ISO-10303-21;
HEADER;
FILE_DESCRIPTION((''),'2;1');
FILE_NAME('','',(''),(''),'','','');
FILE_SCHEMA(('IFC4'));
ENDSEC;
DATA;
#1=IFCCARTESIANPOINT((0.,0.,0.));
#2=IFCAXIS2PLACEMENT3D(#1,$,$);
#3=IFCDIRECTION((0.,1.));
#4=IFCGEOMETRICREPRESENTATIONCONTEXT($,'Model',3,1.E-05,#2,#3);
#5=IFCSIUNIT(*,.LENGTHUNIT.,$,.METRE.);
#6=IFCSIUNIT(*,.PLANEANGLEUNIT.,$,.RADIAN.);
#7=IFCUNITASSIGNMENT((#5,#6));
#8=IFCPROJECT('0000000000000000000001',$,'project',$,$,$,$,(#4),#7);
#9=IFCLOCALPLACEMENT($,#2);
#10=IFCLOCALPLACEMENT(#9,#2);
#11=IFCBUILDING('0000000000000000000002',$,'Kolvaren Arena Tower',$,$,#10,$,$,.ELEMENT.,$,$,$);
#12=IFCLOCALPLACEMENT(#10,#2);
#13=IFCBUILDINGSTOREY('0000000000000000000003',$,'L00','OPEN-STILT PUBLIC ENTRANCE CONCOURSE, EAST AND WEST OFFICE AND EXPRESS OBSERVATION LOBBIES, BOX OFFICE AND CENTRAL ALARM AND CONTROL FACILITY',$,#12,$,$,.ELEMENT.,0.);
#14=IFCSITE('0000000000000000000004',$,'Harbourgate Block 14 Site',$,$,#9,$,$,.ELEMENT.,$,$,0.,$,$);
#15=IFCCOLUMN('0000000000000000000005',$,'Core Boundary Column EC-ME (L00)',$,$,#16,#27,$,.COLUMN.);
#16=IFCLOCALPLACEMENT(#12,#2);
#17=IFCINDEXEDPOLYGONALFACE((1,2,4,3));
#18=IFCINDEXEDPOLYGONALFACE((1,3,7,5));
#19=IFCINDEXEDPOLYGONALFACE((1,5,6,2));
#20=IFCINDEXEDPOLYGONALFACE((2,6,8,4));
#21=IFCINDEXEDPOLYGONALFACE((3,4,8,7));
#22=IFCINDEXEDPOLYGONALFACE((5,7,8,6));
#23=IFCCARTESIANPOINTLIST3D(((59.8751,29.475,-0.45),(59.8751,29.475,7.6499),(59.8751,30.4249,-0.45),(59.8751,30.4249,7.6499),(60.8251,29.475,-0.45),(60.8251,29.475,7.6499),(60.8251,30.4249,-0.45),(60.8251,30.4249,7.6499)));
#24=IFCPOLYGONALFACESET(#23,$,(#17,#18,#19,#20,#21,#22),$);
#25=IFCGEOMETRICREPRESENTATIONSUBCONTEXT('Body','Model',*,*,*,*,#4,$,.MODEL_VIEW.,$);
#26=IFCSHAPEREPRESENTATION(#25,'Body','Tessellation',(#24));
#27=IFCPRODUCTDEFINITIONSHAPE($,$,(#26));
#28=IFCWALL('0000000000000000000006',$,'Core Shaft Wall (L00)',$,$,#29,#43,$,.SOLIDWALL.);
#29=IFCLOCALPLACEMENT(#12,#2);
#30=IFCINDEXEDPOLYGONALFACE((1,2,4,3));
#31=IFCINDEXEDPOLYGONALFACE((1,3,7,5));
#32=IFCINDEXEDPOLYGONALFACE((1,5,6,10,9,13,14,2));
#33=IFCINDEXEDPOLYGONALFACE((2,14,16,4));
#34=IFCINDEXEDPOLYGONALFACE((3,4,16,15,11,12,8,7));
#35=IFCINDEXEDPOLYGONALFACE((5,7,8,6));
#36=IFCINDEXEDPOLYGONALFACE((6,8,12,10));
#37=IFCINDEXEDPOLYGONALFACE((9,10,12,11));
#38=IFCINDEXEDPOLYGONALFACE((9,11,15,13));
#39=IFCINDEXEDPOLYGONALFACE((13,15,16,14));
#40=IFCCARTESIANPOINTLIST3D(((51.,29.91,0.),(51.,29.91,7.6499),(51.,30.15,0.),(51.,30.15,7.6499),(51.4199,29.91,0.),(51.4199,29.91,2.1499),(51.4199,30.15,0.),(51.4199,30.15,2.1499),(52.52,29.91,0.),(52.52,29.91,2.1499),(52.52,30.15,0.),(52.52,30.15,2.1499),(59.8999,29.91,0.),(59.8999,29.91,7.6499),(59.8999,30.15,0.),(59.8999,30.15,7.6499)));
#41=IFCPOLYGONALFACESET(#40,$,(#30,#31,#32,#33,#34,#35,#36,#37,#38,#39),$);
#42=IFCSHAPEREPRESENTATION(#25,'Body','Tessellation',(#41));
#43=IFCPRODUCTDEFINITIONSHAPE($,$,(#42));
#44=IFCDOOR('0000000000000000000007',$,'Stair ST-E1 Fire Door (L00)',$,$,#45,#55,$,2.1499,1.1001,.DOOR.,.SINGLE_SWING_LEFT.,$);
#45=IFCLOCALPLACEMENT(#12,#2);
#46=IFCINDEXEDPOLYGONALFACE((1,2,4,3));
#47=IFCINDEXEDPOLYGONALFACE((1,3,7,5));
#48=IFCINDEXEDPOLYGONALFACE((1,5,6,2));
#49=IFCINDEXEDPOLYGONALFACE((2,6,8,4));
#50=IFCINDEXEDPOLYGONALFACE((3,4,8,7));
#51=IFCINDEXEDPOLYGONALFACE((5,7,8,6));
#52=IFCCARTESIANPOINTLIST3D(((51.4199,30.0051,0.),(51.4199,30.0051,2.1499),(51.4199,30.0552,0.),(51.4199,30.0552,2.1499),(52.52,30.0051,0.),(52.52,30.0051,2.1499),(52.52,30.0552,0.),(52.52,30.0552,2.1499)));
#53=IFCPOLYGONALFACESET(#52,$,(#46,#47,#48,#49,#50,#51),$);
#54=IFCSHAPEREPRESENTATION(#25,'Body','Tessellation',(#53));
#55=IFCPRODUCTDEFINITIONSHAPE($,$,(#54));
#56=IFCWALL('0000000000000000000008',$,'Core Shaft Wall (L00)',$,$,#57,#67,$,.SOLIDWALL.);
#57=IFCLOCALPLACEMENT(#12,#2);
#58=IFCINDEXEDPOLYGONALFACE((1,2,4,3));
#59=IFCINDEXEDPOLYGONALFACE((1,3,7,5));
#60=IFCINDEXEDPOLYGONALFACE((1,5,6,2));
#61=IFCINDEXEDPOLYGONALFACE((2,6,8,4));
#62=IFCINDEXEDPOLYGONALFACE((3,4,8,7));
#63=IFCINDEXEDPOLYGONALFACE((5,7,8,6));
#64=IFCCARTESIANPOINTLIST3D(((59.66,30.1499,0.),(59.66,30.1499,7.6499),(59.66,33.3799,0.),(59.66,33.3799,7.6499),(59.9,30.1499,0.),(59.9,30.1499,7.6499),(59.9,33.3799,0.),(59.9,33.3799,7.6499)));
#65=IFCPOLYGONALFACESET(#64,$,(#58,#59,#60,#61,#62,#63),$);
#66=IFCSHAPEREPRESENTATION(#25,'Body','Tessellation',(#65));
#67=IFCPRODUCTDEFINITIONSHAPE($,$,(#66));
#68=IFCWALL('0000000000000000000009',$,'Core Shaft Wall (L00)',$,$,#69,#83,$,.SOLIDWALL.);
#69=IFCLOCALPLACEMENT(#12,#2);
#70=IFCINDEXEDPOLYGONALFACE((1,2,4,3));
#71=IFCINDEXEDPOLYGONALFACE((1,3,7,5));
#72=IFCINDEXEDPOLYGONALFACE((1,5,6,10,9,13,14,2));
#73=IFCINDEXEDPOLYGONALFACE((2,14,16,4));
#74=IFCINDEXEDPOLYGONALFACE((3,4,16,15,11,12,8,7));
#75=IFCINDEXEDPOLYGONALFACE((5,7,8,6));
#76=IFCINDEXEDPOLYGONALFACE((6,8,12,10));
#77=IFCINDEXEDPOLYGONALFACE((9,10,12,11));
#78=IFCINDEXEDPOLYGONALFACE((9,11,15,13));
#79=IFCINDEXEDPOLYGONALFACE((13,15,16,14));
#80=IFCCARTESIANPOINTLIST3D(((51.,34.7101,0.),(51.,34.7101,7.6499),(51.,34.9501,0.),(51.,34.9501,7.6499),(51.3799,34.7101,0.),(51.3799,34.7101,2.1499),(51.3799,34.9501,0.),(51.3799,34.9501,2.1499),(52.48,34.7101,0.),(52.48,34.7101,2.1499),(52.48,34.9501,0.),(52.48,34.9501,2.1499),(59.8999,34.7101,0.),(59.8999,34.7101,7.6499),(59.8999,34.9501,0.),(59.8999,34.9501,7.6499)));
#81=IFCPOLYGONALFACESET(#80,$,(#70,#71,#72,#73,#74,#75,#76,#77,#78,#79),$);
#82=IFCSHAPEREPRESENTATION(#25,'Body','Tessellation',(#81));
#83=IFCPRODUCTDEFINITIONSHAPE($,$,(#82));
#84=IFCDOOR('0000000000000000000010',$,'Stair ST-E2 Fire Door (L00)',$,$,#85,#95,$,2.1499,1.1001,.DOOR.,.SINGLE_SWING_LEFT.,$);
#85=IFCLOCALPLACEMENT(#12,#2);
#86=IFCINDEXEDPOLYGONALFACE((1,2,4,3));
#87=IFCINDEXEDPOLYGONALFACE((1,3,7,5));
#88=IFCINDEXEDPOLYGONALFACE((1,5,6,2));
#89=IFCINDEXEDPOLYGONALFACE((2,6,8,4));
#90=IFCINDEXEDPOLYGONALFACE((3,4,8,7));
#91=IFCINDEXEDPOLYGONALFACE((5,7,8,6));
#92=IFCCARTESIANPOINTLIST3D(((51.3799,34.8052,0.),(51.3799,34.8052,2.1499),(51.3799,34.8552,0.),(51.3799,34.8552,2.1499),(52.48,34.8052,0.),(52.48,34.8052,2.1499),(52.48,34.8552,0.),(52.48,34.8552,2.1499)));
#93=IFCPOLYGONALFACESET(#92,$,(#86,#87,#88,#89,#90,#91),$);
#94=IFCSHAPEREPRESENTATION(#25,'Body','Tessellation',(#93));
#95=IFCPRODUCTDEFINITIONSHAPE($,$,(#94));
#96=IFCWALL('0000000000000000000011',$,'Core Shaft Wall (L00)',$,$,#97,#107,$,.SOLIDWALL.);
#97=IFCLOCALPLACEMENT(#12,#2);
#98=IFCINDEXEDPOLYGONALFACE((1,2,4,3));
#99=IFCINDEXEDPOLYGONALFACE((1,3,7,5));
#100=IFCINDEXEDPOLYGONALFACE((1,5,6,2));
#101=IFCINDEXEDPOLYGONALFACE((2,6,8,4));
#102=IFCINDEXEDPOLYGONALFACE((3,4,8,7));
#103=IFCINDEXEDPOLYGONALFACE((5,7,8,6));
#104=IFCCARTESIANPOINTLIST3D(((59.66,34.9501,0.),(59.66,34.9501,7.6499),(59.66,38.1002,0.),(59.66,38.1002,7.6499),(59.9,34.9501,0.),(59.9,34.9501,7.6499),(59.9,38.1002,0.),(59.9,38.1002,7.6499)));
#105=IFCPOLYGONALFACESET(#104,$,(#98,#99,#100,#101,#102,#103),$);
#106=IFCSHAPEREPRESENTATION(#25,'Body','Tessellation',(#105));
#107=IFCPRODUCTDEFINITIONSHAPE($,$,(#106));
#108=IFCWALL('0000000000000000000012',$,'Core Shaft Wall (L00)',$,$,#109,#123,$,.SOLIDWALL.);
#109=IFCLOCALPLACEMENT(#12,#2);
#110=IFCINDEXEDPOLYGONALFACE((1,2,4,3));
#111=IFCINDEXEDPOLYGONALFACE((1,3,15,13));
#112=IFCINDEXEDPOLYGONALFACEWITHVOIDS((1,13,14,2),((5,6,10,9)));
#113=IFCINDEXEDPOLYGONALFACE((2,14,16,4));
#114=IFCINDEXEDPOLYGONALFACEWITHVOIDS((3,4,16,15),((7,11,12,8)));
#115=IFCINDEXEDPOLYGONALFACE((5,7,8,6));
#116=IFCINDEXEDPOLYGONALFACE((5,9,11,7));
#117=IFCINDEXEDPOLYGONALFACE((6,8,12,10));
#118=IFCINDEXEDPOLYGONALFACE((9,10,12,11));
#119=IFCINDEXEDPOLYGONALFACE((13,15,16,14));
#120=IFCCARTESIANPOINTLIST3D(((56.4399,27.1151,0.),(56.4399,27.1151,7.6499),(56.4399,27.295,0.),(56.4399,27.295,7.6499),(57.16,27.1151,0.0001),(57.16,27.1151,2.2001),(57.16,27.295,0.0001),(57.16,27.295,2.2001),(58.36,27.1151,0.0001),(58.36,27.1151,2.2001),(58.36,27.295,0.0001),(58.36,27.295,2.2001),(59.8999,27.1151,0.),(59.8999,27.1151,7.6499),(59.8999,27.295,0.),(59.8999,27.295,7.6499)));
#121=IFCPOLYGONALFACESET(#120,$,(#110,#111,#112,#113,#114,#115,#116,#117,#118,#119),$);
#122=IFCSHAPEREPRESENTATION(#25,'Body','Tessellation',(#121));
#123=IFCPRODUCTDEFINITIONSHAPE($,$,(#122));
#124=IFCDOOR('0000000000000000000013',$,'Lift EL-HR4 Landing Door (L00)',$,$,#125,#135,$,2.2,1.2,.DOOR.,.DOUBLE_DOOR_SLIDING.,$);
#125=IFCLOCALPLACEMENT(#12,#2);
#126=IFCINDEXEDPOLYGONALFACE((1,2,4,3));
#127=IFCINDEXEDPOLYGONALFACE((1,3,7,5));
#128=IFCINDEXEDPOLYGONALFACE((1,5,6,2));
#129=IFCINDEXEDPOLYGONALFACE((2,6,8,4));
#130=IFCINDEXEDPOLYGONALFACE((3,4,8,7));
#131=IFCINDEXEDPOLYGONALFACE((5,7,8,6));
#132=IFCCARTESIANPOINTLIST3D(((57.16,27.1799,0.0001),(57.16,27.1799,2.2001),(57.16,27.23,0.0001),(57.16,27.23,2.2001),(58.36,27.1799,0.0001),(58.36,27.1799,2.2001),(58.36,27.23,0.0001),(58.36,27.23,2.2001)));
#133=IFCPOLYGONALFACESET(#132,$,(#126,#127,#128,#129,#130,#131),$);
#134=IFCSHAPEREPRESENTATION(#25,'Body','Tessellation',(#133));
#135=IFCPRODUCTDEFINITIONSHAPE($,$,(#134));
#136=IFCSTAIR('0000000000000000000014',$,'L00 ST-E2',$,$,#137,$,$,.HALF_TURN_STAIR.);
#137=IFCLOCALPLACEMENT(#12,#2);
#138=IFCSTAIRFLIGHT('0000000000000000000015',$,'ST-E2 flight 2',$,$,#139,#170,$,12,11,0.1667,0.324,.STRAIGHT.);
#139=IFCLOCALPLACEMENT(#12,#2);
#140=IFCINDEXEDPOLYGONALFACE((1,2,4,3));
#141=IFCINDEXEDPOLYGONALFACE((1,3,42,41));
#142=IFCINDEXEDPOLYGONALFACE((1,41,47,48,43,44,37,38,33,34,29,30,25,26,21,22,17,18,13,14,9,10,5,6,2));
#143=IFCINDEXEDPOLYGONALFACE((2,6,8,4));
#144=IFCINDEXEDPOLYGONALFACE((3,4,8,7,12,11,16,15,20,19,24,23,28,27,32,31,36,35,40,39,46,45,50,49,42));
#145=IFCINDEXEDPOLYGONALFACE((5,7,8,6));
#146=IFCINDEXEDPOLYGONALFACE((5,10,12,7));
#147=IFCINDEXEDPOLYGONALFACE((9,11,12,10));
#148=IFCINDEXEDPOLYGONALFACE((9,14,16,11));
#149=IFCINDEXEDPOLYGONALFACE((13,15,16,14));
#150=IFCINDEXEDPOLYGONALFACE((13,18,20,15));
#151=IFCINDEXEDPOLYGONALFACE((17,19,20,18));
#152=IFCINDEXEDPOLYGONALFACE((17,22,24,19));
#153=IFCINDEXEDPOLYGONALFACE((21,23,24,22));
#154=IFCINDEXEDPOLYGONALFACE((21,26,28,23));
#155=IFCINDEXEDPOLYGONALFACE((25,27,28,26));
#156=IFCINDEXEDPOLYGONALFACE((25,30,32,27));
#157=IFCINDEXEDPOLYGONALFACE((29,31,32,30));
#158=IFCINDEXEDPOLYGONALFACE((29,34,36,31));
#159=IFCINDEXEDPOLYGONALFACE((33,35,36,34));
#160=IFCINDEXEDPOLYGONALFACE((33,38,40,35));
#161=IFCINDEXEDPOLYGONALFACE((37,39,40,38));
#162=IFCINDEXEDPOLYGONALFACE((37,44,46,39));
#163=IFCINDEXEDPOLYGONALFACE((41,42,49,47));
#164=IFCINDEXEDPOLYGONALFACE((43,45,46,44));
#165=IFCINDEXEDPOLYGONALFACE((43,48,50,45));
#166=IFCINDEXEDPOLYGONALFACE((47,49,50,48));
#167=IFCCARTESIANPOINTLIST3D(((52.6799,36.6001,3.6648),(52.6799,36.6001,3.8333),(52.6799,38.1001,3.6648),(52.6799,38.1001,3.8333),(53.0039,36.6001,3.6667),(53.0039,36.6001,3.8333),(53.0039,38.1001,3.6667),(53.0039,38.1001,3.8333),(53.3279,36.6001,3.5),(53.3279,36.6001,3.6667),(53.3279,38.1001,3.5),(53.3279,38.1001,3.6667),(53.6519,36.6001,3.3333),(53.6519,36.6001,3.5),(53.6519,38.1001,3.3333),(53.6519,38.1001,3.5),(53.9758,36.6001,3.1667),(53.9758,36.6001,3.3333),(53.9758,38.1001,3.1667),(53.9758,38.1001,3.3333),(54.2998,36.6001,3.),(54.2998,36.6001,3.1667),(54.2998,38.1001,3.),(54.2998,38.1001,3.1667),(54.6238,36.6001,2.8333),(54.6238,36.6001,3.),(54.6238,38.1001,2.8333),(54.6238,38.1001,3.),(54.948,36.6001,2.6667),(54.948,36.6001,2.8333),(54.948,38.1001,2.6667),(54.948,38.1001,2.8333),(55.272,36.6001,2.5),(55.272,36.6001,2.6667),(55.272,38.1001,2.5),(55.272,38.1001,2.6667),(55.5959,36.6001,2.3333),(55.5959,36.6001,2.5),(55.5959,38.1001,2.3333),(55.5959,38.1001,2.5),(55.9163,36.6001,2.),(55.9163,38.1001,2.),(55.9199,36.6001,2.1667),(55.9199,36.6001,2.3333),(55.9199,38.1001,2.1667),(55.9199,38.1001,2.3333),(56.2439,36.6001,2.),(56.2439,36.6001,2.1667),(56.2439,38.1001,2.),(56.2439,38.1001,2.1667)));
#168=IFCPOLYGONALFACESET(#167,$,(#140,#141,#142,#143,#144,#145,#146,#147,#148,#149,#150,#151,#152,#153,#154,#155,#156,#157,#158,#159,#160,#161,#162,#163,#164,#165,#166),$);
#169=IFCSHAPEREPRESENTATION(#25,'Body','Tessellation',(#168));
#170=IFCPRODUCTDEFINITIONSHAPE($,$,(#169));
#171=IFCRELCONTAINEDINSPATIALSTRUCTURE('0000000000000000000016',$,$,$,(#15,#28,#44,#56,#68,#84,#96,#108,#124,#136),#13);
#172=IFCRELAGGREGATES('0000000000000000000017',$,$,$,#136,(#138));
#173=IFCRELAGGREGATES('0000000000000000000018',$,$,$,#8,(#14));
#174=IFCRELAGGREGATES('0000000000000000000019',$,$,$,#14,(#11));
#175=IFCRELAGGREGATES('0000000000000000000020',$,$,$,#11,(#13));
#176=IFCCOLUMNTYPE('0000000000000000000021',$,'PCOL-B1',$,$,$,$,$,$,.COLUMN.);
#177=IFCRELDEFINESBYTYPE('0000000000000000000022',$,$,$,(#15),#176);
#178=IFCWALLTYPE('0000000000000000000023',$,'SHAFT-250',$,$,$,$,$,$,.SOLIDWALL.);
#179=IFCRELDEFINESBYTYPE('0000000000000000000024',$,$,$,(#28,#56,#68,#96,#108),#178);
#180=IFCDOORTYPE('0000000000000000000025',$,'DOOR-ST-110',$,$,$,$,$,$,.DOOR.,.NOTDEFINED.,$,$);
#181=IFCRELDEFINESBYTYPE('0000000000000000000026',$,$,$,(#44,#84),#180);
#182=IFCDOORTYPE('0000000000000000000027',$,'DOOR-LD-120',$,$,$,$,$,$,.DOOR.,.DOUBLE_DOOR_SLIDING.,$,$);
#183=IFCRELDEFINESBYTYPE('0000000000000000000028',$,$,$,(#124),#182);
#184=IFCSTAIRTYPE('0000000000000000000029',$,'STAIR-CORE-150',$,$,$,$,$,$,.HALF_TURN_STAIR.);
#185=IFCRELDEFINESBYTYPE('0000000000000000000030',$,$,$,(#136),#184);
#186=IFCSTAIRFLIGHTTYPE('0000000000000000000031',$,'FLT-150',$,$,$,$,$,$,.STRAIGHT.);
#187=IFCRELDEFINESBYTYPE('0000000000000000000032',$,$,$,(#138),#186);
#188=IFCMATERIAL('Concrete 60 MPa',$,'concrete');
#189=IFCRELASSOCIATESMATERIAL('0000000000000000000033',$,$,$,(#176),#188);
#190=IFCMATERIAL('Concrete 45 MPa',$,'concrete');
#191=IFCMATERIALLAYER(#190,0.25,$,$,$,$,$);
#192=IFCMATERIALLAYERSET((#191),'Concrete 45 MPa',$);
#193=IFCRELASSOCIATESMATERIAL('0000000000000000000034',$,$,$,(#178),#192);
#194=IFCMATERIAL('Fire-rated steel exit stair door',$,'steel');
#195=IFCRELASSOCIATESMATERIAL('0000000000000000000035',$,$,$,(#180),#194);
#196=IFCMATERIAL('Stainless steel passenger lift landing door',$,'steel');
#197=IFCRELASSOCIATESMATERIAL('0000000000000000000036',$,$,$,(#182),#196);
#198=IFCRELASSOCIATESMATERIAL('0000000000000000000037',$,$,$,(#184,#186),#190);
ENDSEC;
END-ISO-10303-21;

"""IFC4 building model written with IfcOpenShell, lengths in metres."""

from ifc_helpers import new_model, si_unit, direction, frame, frame_2d, origin, origin_2d, place, context, subcontext, project, spatial, polyline, rectangle, outline, extrude, material, layer, layer_set, material_profile, profile_set, type_object, element, fill, aggregate, save


model = new_model("IFC4")

# Units and contexts
model_context = context("Model", 3, precision=1e-05, world=origin(), true_north=direction((0.0, 1.0)))
body_context = subcontext(model_context, "Body", "Model", "MODEL_VIEW")
ifc_project = project(units=[si_unit("LENGTHUNIT", "METRE"), si_unit("PLANEANGLEUNIT", "RADIAN")], contexts=[model_context])

# Site, building, storey
site_placement = place(None, origin())
site = spatial("IfcSite", under=ifc_project, at=site_placement, Name="Harbourgate Block 14 Site", CompositionType="ELEMENT", RefElevation=0.0)
building_placement = place(site_placement, origin())
building = spatial("IfcBuilding", under=site, at=building_placement, Name="Kolvaren Arena Tower", CompositionType="ELEMENT")
storey_placement = place(building_placement, origin())
storey = spatial("IfcBuildingStorey", under=building, at=storey_placement, Name="L00", Description="OPEN-STILT PUBLIC ENTRANCE CONCOURSE, EAST AND WEST OFFICE AND EXPRESS OBSERVATION LOBBIES, BOX OFFICE AND CENTRAL ALARM AND CONTROL FACILITY", CompositionType="ELEMENT", Elevation=0.0)

# Column
ifc_material_1 = material(Name="Concrete 60 MPa", Category="concrete")
ifc_material_profile = material_profile(ifc_material_1, rectangle(XDim=0.95, YDim=0.95, at=origin_2d()), Name="RC-950x950")
ifc_profile_set = profile_set([ifc_material_profile], Name="Concrete 60 MPa")
column_type = type_object("IfcColumnType", Name="PCOL-B1", PredefinedType="COLUMN", material=ifc_profile_set)
column_placement = place(storey_placement, frame((60.3501, 29.95, -0.45), z_axis=(0.0, 0.0, 1.0), x_axis=(1.0, 0.0, 0.0)))
element("IfcColumn", 1, at=column_placement, inside=storey, type_object=column_type, Name="Core Boundary Column EC-ME (L00)", PredefinedType="COLUMN", context=body_context, shape_type="SweptSolid", body=[
    extrude(rectangle(XDim=0.95, YDim=0.95, at=origin_2d()), origin(), (0.0, 0.0, 1.0), 8.0999),
])

# Wall, opening, door
ifc_material_2 = material(Name="Concrete 45 MPa", Category="concrete")
ifc_layer = layer(ifc_material_2, 0.25)
ifc_layer_set = layer_set([ifc_layer], Name="Concrete 45 MPa")
wall_type = type_object("IfcWallType", Name="SHAFT-250", PredefinedType="SOLIDWALL", material=ifc_layer_set)
wall_1_placement = place(storey_placement, frame((59.8999, 30.03, 0.0), z_axis=(0.0, 0.0, 1.0), x_axis=(-1.0, 0.0, 0.0)))
wall_1 = element("IfcWall", 2, at=wall_1_placement, inside=storey, type_object=wall_type, Name="Core Shaft Wall (L00)", PredefinedType="SOLIDWALL", context=body_context, shape_type="SweptSolid", body=[
    extrude(rectangle(XDim=8.8999, YDim=0.24, at=frame_2d((4.45, 0.0))), origin(), (0.0, 0.0, 1.0), 7.6499),
])
opening_1_placement = place(wall_1_placement, frame((7.3799, 0.0, 0.0)))
opening_1 = element("IfcOpeningElement", 3, at=opening_1_placement, cuts=wall_1, PredefinedType="OPENING", context=body_context, shape_type="SweptSolid", body=[
    extrude(rectangle(XDim=1.1001, YDim=2.1499, at=frame_2d((0.55, 1.075))), frame((0.0, 0.1299, 0.0), z_axis=(0.0, -1.0, 0.0), x_axis=(1.0, 0.0, 0.0)), (0.0, 0.0, 1.0), 0.26),
])
ifc_material_3 = material(Name="Fire-rated steel exit stair door", Category="steel")
door_type_1 = type_object("IfcDoorType", Name="DOOR-ST-110", OperationType="NOTDEFINED", PredefinedType="DOOR", material=ifc_material_3)
door_1_placement = place(opening_1_placement, origin())
door_1 = element("IfcDoor", 4, at=door_1_placement, inside=storey, type_object=door_type_1, Name="Stair ST-E1 Fire Door (L00)", OperationType="SINGLE_SWING_LEFT", OverallHeight=2.1499, OverallWidth=1.1001, PredefinedType="DOOR", context=body_context, shape_type="SweptSolid", body=[
    extrude(rectangle(XDim=1.1001, YDim=2.1499, at=frame_2d((0.55, 1.075))), frame((0.0, 0.0249, 0.0), z_axis=(0.0, -1.0, 0.0), x_axis=(1.0, 0.0, 0.0)), (0.0, 0.0, 1.0), 0.05),
])
fill(opening_1, door_1)

# Wall
wall_2_placement = place(storey_placement, frame((59.78, 30.1499, 0.0), z_axis=(0.0, 0.0, 1.0), x_axis=(0.0, 1.0, 0.0)))
element("IfcWall", 5, at=wall_2_placement, inside=storey, type_object=wall_type, Name="Core Shaft Wall (L00)", PredefinedType="SOLIDWALL", context=body_context, shape_type="SweptSolid", body=[
    extrude(rectangle(XDim=3.23, YDim=0.24, at=frame_2d((1.615, 0.0))), origin(), (0.0, 0.0, 1.0), 7.6499),
])

# Wall, opening, door
wall_3_placement = place(storey_placement, frame((59.8999, 34.8301, 0.0), z_axis=(0.0, 0.0, 1.0), x_axis=(-1.0, 0.0, 0.0)))
wall_3 = element("IfcWall", 6, at=wall_3_placement, inside=storey, type_object=wall_type, Name="Core Shaft Wall (L00)", PredefinedType="SOLIDWALL", context=body_context, shape_type="SweptSolid", body=[
    extrude(rectangle(XDim=8.8999, YDim=0.24, at=frame_2d((4.45, 0.0))), origin(), (0.0, 0.0, 1.0), 7.6499),
])
opening_2_placement = place(wall_3_placement, frame((7.4199, 0.0, 0.0)))
opening_2 = element("IfcOpeningElement", 7, at=opening_2_placement, cuts=wall_3, PredefinedType="OPENING", context=body_context, shape_type="SweptSolid", body=[
    extrude(rectangle(XDim=1.1001, YDim=2.1499, at=frame_2d((0.55, 1.075))), frame((0.0, 0.1299, 0.0), z_axis=(0.0, -1.0, 0.0), x_axis=(1.0, 0.0, 0.0)), (0.0, 0.0, 1.0), 0.26),
])
door_2_placement = place(opening_2_placement, origin())
door_2 = element("IfcDoor", 8, at=door_2_placement, inside=storey, type_object=door_type_1, Name="Stair ST-E2 Fire Door (L00)", OperationType="SINGLE_SWING_LEFT", OverallHeight=2.1499, OverallWidth=1.1001, PredefinedType="DOOR", context=body_context, shape_type="SweptSolid", body=[
    extrude(rectangle(XDim=1.1001, YDim=2.1499, at=frame_2d((0.55, 1.075))), frame((0.0, 0.0249, 0.0), z_axis=(0.0, -1.0, 0.0), x_axis=(1.0, 0.0, 0.0)), (0.0, 0.0, 1.0), 0.05),
])
fill(opening_2, door_2)

# Wall
wall_4_placement = place(storey_placement, frame((59.78, 34.95, 0.0), z_axis=(0.0, 0.0, 1.0), x_axis=(0.0, 1.0, 0.0)))
element("IfcWall", 9, at=wall_4_placement, inside=storey, type_object=wall_type, Name="Core Shaft Wall (L00)", PredefinedType="SOLIDWALL", context=body_context, shape_type="SweptSolid", body=[
    extrude(rectangle(XDim=3.1501, YDim=0.24, at=frame_2d((1.5752, 0.0))), origin(), (0.0, 0.0, 1.0), 7.6499),
])

# Wall, opening, door
wall_5_placement = place(storey_placement, frame((56.4399, 27.2051, 0.0), z_axis=(0.0, 0.0, 1.0), x_axis=(1.0, 0.0, 0.0)))
wall_5 = element("IfcWall", 10, at=wall_5_placement, inside=storey, type_object=wall_type, Name="Core Shaft Wall (L00)", PredefinedType="SOLIDWALL", context=body_context, shape_type="SweptSolid", body=[
    extrude(rectangle(XDim=3.46, YDim=0.1799, at=frame_2d((1.73, 0.0))), origin(), (0.0, 0.0, 1.0), 7.6499),
])
opening_3_placement = place(wall_5_placement, frame((0.72, 0.0, 0.0)))
opening_3 = element("IfcOpeningElement", 11, at=opening_3_placement, cuts=wall_5, PredefinedType="OPENING", context=body_context, shape_type="SweptSolid", body=[
    extrude(rectangle(XDim=1.2, YDim=2.2, at=frame_2d((0.6001, 1.1001))), frame((0.0, 0.0999, 0.0), z_axis=(0.0, -1.0, 0.0), x_axis=(1.0, 0.0, 0.0)), (0.0, 0.0, 1.0), 0.2),
])
ifc_material_4 = material(Name="Stainless steel passenger lift landing door", Category="steel")
door_type_2 = type_object("IfcDoorType", Name="DOOR-LD-120", OperationType="DOUBLE_DOOR_SLIDING", PredefinedType="DOOR", material=ifc_material_4)
door_3_placement = place(opening_3_placement, origin())
door_3 = element("IfcDoor", 12, at=door_3_placement, inside=storey, type_object=door_type_2, Name="Lift EL-HR4 Landing Door (L00)", OperationType="DOUBLE_DOOR_SLIDING", OverallHeight=2.2, OverallWidth=1.2, PredefinedType="DOOR", context=body_context, shape_type="SweptSolid", body=[
    extrude(rectangle(XDim=1.2, YDim=2.2, at=frame_2d((0.6001, 1.1001))), frame((0.0, 0.0249, 0.0), z_axis=(0.0, -1.0, 0.0), x_axis=(1.0, 0.0, 0.0)), (0.0, 0.0, 1.0), 0.05),
])
fill(opening_3, door_3)

# Stair, stair flight
stair_type_1 = type_object("IfcStairType", Name="STAIR-CORE-150", PredefinedType="HALF_TURN_STAIR", material=ifc_material_2)
stair_1_placement = place(storey_placement, origin())
stair_1 = element("IfcStair", 13, at=stair_1_placement, inside=storey, type_object=stair_type_1, Name="L00 ST-E2", PredefinedType="HALF_TURN_STAIR")
stair_flight_type_1 = type_object("IfcStairFlightType", Name="FLT-150", PredefinedType="STRAIGHT", material=ifc_material_2)
stair_flight_1_placement = place(storey_placement, frame((56.2439, 37.3501, 2.0), z_axis=(0.0, 0.0, 1.0), x_axis=(-1.0, 0.0, 0.0)))
stair_flight_1 = element("IfcStairFlight", 14, at=stair_flight_1_placement, type_object=stair_flight_type_1, Name="ST-E2 flight 2", NumberOfRisers=12, NumberOfTreads=11, PredefinedType="STRAIGHT", RiserHeight=0.1667, TreadLength=0.324, context=body_context, shape_type="SweptSolid", body=[
    extrude(outline(polyline([(0.0, 0.0), (0.0, 0.1667), (0.324, 0.1667), (0.324, 0.3333), (0.6479, 0.3333), (0.6479, 0.5), (0.9719, 0.5), (0.9719, 0.6667), (1.2959, 0.6667), (1.2959, 0.8333), (1.6201, 0.8333), (1.6201, 1.0), (1.9441, 1.0), (1.9441, 1.1667), (2.2681, 1.1667), (2.2681, 1.3333), (2.592, 1.3333), (2.592, 1.5), (2.916, 1.5), (2.916, 1.6667), (3.24, 1.6667), (3.24, 1.8333), (3.564, 1.8333), (3.564, 2.0), (3.564, 1.6648), (0.3276, 0.0), (0.0, 0.0)])), frame((0.0, 0.75, 0.0), z_axis=(0.0, -1.0, 0.0), x_axis=(1.0, 0.0, 0.0)), (0.0, 0.0, 1.0), 1.5),
])
aggregate(stair_1, [stair_flight_1])

save(model, "model.ifc")
